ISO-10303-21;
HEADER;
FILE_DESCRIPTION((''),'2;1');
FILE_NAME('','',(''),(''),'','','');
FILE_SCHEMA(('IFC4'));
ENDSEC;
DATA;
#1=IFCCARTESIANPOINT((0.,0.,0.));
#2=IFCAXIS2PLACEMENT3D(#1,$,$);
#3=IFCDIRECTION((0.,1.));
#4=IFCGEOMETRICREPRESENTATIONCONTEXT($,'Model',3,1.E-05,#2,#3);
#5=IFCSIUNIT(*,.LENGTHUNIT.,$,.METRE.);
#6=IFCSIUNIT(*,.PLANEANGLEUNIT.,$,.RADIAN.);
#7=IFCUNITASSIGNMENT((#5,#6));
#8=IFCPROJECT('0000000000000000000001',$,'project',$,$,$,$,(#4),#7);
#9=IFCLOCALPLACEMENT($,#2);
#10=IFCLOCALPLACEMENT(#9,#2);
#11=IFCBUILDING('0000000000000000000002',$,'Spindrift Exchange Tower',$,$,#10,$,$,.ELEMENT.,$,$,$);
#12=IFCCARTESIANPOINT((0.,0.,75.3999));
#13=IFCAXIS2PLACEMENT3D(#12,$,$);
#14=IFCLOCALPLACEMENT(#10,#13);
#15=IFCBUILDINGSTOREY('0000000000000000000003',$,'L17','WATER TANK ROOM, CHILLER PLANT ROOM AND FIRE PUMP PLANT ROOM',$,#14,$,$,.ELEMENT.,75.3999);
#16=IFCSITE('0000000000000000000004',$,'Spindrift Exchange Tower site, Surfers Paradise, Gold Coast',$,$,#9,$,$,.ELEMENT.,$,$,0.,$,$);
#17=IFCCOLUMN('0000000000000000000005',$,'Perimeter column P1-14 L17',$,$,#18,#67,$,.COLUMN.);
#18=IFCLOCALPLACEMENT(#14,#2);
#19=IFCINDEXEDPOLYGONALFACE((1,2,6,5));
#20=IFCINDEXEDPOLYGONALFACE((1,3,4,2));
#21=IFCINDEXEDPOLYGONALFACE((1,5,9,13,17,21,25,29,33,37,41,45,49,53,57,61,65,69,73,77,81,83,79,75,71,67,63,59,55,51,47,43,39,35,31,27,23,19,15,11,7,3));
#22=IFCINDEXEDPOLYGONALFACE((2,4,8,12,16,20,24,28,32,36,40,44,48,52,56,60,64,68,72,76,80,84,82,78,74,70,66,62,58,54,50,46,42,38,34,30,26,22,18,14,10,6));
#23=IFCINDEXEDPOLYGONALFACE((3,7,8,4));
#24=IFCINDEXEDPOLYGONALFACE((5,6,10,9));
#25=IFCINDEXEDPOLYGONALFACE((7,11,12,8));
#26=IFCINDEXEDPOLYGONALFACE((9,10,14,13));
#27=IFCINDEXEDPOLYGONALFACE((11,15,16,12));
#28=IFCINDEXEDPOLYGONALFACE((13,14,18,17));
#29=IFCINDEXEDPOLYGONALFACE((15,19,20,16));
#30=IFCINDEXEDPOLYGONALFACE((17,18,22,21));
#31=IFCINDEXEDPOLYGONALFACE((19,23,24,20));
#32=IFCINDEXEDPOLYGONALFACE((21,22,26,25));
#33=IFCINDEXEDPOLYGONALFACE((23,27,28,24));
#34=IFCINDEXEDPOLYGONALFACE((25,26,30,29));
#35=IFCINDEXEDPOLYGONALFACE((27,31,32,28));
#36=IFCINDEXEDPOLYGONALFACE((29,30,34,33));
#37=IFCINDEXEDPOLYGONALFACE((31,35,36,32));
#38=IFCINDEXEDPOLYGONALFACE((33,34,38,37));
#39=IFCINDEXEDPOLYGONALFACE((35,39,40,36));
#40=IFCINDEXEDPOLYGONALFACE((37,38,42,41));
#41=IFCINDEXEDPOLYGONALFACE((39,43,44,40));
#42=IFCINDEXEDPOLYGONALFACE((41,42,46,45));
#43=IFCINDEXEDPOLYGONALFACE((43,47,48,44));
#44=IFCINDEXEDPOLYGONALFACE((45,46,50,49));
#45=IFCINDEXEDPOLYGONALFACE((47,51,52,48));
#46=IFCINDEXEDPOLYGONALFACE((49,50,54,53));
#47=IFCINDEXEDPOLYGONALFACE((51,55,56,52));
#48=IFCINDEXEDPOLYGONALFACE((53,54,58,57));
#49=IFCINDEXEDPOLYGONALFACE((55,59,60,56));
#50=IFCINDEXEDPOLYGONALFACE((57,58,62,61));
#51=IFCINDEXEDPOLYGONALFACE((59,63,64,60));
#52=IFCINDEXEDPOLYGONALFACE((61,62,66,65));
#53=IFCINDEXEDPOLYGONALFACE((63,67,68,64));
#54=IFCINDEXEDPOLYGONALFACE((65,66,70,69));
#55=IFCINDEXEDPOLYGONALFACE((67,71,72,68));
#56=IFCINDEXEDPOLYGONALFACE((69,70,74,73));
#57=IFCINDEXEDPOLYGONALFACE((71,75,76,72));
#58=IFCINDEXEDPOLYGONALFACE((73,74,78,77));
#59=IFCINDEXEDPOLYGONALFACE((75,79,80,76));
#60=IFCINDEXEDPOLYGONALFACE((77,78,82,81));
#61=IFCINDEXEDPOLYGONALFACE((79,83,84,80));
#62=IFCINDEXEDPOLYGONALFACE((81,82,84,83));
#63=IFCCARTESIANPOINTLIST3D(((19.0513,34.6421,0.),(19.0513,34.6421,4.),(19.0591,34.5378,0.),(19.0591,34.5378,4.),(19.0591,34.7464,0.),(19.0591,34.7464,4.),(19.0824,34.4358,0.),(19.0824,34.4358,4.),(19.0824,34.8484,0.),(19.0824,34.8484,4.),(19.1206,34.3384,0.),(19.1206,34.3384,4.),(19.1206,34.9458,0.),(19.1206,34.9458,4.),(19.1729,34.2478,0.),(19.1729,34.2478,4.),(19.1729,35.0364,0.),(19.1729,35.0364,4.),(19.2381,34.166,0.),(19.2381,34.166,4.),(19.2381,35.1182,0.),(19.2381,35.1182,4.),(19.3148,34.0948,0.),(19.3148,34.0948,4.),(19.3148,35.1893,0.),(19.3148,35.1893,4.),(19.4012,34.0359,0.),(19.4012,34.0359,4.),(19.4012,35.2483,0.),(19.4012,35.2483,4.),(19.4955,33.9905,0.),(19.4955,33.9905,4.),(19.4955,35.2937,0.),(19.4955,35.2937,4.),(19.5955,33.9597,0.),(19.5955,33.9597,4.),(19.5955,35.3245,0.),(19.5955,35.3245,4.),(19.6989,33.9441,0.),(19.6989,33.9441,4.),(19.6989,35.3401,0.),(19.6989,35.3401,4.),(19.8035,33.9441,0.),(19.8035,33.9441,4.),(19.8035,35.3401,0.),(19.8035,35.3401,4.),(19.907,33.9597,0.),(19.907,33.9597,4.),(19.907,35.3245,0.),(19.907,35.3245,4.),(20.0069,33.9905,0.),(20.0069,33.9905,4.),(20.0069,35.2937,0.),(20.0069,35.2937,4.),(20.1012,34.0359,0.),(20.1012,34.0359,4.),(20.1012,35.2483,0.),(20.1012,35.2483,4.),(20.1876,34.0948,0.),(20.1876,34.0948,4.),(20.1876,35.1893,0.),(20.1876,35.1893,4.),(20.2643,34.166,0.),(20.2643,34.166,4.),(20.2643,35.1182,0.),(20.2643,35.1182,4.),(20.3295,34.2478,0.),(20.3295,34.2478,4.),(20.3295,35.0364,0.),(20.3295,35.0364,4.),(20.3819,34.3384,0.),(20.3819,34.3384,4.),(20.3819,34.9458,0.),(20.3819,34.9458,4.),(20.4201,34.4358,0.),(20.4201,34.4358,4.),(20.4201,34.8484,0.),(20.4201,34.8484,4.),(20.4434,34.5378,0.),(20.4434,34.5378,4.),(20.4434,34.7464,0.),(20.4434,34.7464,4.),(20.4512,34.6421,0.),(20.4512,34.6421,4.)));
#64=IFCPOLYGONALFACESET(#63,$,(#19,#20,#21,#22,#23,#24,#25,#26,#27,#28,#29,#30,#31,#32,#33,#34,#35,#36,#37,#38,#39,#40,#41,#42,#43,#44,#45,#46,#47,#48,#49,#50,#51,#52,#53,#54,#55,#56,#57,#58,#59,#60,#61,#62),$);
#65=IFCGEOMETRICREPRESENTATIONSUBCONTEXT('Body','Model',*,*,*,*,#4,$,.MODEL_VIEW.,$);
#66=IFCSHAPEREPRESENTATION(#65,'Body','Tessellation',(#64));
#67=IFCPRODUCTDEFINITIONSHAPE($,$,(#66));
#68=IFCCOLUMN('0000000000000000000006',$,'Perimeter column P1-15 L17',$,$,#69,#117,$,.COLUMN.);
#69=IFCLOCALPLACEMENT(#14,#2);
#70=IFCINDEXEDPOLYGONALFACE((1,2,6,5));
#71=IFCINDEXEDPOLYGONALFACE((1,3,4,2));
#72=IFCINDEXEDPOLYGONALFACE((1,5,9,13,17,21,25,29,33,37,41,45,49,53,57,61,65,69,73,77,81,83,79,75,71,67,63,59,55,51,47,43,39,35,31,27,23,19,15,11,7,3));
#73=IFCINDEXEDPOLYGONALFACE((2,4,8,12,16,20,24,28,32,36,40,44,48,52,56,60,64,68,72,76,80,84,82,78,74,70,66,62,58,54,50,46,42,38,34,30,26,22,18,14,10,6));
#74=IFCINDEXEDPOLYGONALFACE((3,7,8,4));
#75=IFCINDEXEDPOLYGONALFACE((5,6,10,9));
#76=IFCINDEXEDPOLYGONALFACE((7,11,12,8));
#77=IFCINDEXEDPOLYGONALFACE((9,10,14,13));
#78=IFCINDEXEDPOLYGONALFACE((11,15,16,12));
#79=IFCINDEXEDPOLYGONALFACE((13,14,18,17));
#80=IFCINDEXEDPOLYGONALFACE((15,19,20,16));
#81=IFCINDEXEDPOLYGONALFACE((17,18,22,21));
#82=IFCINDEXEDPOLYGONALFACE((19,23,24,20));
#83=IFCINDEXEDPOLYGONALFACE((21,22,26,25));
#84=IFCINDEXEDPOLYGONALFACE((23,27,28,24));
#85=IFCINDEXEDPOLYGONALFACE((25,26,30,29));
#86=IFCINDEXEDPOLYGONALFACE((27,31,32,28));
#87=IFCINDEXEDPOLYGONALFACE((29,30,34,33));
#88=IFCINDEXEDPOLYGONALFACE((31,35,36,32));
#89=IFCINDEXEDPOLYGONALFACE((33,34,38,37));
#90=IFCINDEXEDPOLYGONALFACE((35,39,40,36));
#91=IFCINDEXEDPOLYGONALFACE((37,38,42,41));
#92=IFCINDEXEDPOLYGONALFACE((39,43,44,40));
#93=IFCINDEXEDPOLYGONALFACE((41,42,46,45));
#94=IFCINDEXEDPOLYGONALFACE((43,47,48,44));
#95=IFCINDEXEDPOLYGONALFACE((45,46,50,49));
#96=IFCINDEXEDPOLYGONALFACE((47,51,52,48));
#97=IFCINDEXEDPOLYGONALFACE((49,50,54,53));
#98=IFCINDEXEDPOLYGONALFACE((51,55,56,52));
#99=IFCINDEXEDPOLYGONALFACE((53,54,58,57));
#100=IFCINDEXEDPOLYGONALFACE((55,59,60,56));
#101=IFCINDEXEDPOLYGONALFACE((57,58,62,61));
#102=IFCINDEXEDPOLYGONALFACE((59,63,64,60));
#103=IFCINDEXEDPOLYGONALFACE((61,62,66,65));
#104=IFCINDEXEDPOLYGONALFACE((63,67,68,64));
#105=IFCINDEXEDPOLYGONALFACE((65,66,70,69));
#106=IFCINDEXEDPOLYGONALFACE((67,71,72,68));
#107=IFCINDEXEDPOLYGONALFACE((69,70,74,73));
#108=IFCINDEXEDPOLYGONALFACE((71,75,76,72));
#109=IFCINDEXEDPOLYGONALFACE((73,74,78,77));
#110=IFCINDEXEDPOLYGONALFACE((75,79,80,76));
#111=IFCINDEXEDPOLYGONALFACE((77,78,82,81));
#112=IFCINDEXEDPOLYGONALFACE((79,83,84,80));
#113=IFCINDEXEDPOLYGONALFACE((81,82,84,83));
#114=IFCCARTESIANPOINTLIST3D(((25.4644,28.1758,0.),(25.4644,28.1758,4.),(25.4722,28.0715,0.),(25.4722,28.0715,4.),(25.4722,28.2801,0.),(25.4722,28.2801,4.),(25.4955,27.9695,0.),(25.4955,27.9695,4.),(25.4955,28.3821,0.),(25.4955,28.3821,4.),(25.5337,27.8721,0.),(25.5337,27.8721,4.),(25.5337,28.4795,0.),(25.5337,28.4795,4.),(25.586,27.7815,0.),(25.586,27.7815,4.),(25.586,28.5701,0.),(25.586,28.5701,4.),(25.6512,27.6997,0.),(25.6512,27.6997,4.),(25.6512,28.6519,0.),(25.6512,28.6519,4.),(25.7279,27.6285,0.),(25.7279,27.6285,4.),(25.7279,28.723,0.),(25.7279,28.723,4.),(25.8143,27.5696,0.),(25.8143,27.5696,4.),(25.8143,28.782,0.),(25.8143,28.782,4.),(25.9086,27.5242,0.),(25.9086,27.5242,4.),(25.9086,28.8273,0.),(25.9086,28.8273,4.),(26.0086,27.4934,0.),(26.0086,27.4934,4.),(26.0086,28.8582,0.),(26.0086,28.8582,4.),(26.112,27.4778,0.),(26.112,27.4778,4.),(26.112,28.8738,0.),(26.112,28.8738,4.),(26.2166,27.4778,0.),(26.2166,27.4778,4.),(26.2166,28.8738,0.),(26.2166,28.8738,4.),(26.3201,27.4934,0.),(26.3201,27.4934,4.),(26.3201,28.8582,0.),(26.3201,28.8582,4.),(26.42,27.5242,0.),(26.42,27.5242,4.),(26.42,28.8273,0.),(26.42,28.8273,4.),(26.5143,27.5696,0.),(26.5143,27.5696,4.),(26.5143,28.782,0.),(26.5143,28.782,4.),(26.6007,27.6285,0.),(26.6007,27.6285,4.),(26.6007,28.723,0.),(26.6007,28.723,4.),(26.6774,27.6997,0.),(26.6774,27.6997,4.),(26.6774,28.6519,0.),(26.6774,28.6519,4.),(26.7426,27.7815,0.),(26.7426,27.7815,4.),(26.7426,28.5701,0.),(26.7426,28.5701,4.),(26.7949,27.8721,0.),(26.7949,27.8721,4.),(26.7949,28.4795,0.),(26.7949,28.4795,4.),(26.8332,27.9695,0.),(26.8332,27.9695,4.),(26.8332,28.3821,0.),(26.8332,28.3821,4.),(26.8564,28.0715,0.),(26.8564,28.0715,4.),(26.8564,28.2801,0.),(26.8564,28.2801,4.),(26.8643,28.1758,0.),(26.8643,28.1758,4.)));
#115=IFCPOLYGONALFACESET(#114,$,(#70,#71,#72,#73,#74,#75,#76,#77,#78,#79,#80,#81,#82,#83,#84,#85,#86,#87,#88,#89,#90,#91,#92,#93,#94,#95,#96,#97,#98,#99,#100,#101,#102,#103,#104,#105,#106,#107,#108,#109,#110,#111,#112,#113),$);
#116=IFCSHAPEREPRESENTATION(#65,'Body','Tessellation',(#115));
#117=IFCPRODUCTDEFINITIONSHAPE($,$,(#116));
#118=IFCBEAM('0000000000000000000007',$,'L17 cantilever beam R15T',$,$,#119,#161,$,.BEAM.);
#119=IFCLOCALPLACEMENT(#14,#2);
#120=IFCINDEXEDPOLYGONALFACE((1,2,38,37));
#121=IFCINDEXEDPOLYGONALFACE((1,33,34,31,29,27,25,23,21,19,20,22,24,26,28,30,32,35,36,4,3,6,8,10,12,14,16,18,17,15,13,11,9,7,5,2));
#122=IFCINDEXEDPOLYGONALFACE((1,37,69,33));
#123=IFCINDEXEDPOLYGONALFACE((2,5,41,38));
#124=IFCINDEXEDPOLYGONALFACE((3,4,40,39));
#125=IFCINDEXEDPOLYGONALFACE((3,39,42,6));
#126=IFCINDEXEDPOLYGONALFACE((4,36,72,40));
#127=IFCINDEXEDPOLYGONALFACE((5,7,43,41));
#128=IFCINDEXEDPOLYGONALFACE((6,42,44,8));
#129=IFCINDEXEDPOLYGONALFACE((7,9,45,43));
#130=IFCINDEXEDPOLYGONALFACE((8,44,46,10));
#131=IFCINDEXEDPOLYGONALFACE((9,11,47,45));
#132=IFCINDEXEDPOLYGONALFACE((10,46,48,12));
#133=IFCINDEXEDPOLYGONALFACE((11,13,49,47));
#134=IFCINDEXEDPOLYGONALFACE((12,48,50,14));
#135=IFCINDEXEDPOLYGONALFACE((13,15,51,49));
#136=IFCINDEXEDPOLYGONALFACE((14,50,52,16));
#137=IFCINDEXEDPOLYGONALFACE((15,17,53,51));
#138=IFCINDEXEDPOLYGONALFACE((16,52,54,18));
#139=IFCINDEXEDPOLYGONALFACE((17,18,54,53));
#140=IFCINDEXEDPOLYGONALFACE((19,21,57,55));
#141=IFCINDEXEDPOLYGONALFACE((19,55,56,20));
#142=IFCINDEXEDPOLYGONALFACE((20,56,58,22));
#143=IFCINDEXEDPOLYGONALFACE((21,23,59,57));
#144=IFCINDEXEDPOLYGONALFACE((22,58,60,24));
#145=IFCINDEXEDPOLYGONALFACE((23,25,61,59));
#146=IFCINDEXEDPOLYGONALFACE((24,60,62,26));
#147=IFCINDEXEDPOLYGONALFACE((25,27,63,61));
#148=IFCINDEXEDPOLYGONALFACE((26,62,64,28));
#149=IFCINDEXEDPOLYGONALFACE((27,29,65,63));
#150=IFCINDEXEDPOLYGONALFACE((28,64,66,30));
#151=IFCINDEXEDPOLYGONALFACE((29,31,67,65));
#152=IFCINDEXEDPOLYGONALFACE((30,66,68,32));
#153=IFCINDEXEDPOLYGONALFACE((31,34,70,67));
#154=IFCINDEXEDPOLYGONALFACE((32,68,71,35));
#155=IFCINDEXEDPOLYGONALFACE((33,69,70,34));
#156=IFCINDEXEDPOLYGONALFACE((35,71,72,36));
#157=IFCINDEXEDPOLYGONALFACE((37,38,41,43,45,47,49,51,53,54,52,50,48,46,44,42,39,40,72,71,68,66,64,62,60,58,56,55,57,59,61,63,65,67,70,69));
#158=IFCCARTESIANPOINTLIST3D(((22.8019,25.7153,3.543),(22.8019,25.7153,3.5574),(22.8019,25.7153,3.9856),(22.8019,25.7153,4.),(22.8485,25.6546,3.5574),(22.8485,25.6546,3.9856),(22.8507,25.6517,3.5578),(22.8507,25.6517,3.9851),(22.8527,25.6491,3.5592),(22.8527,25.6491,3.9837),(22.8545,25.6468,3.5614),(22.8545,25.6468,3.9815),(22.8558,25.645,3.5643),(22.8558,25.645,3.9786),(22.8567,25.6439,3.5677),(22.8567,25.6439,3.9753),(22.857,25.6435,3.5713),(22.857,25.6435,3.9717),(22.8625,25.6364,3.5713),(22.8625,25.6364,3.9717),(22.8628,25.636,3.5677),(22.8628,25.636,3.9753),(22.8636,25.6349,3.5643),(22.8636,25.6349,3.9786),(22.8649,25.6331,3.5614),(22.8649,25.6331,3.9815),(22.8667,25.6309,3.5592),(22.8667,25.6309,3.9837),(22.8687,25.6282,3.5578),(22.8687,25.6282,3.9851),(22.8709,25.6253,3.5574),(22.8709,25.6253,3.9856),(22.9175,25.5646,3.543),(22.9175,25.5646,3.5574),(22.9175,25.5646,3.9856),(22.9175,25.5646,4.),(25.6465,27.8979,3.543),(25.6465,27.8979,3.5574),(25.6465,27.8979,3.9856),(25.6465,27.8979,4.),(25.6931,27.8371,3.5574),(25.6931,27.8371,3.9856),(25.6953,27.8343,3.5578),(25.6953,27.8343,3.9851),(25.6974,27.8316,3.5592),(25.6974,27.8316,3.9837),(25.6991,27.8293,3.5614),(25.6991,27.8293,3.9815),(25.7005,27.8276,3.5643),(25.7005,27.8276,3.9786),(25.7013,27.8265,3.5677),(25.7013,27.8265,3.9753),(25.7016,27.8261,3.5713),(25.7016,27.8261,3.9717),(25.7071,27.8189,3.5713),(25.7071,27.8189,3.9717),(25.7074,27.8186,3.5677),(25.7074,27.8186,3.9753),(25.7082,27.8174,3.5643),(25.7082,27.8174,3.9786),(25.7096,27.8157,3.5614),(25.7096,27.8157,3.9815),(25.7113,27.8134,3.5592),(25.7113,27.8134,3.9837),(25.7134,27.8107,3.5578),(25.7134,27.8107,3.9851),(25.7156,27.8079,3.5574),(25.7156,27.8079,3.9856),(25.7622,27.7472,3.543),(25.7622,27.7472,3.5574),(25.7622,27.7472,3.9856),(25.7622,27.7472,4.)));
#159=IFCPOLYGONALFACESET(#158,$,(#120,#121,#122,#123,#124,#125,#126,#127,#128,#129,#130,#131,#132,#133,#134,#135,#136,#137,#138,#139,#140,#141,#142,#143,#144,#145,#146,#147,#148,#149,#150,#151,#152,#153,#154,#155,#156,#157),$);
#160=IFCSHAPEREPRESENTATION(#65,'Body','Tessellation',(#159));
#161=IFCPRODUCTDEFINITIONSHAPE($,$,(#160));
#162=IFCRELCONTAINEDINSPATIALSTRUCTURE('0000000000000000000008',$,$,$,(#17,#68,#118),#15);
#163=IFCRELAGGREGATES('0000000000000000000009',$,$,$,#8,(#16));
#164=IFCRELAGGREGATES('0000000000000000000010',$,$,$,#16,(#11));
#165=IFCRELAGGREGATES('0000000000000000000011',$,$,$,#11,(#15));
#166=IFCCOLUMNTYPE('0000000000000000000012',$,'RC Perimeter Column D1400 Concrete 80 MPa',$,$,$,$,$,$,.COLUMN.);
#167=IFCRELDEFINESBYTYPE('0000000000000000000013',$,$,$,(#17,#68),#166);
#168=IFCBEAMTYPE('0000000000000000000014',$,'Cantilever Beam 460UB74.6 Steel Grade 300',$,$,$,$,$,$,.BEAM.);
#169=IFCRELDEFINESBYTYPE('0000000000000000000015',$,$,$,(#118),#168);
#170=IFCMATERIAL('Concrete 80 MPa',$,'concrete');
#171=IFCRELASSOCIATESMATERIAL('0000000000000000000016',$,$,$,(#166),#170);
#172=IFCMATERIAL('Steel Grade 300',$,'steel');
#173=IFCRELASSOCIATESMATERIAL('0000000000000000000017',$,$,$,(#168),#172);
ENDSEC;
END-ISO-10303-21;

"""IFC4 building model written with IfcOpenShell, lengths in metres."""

from ifc_helpers import new_model, si_unit, direction, frame, origin, origin_2d, place, context, subcontext, project, spatial, circle, i_section, extrude, source, transform, mapped, material, material_profile, profile_set, type_object, element, save


model = new_model("IFC4")

# Units and contexts
model_context = context("Model", 3, precision=1e-05, world=origin(), true_north=direction((0.0, 1.0)))
body_context = subcontext(model_context, "Body", "Model", "MODEL_VIEW")
ifc_project = project(units=[si_unit("LENGTHUNIT", "METRE"), si_unit("PLANEANGLEUNIT", "RADIAN")], contexts=[model_context])

# Site, building, storey
site_placement = place(None, origin())
site = spatial("IfcSite", under=ifc_project, at=site_placement, Name="Spindrift Exchange Tower site, Surfers Paradise, Gold Coast", CompositionType="ELEMENT", RefElevation=0.0)
building_placement = place(site_placement, origin())
building = spatial("IfcBuilding", under=site, at=building_placement, Name="Spindrift Exchange Tower", CompositionType="ELEMENT")
storey_placement = place(building_placement, frame((0.0, 0.0, 75.3999)))
storey = spatial("IfcBuildingStorey", under=building, at=storey_placement, Name="L17", Description="WATER TANK ROOM, CHILLER PLANT ROOM AND FIRE PUMP PLANT ROOM", CompositionType="ELEMENT", Elevation=75.3999)

# Columns
ifc_material_1 = material(Name="Concrete 80 MPa", Category="concrete")
ifc_material_profile_1 = material_profile(ifc_material_1, circle(Radius=0.7, at=origin_2d()), Name="RC D1400")
ifc_profile_set_1 = profile_set([ifc_material_profile_1], Name="Concrete 80 MPa")
column_type = type_object("IfcColumnType", Name="RC Perimeter Column D1400 Concrete 80 MPa", PredefinedType="COLUMN", material=ifc_profile_set_1)
shared_shape_1 = source(origin(), body_context, "Body", "SweptSolid", [
    extrude(circle(Radius=0.7, at=origin_2d()), origin(), (0.0, 0.0, 1.0), 4.0),
])
for number, where, z_axis, x_axis, name in (
    (1, (19.7512, 34.6421, 0.0), (0.0, 0.0, 1.0), (1.0, 0.0, 0.0), "Perimeter column P1-14 L17"),
    (2, (26.1643, 28.1758, 0.0), (0.0, 0.0, 1.0), (1.0, 0.0, 0.0), "Perimeter column P1-15 L17"),
):
    element("IfcColumn", number, at=place(storey_placement, frame(where, z_axis=z_axis, x_axis=x_axis)), inside=storey, type_object=column_type, Name=name, PredefinedType="COLUMN", context=body_context, shape_type="MappedRepresentation", body=[
        mapped(shared_shape_1, transform((0.0, 0.0, 0.0), scale=1.0)),
    ])

# Beam
ifc_material_2 = material(Name="Steel Grade 300", Category="steel")
ifc_material_profile_2 = material_profile(ifc_material_2, i_section(OverallWidth=0.1899, OverallDepth=0.457, WebThickness=0.009, FlangeThickness=0.0144, FilletRadius=0.0139, at=origin_2d()), Name="460UB74.6")
ifc_profile_set_2 = profile_set([ifc_material_profile_2], Name="Steel Grade 300")
beam_type_1 = type_object("IfcBeamType", Name="Cantilever Beam 460UB74.6 Steel Grade 300", PredefinedType="BEAM", material=ifc_profile_set_2)
shared_shape_2 = source(origin(), body_context, "Body", "SweptSolid", [
    extrude(i_section(OverallWidth=0.1899, OverallDepth=0.457, WebThickness=0.009, FlangeThickness=0.0144, FilletRadius=0.0139, at=origin_2d()), origin(), (0.0, 0.0, 1.0), 3.5854),
])
beam_1_placement = place(storey_placement, frame((25.7043, 27.8225, 3.7715), z_axis=(-0.793383, -0.608723, 0.0), x_axis=(0.608723, -0.793383, 0.0)))
element("IfcBeam", 3, at=beam_1_placement, inside=storey, type_object=beam_type_1, Name="L17 cantilever beam R15T", PredefinedType="BEAM", context=body_context, shape_type="MappedRepresentation", body=[
    mapped(shared_shape_2, transform((0.0, 0.0, 0.0), scale=1.0)),
])

save(model, "model.ifc")
